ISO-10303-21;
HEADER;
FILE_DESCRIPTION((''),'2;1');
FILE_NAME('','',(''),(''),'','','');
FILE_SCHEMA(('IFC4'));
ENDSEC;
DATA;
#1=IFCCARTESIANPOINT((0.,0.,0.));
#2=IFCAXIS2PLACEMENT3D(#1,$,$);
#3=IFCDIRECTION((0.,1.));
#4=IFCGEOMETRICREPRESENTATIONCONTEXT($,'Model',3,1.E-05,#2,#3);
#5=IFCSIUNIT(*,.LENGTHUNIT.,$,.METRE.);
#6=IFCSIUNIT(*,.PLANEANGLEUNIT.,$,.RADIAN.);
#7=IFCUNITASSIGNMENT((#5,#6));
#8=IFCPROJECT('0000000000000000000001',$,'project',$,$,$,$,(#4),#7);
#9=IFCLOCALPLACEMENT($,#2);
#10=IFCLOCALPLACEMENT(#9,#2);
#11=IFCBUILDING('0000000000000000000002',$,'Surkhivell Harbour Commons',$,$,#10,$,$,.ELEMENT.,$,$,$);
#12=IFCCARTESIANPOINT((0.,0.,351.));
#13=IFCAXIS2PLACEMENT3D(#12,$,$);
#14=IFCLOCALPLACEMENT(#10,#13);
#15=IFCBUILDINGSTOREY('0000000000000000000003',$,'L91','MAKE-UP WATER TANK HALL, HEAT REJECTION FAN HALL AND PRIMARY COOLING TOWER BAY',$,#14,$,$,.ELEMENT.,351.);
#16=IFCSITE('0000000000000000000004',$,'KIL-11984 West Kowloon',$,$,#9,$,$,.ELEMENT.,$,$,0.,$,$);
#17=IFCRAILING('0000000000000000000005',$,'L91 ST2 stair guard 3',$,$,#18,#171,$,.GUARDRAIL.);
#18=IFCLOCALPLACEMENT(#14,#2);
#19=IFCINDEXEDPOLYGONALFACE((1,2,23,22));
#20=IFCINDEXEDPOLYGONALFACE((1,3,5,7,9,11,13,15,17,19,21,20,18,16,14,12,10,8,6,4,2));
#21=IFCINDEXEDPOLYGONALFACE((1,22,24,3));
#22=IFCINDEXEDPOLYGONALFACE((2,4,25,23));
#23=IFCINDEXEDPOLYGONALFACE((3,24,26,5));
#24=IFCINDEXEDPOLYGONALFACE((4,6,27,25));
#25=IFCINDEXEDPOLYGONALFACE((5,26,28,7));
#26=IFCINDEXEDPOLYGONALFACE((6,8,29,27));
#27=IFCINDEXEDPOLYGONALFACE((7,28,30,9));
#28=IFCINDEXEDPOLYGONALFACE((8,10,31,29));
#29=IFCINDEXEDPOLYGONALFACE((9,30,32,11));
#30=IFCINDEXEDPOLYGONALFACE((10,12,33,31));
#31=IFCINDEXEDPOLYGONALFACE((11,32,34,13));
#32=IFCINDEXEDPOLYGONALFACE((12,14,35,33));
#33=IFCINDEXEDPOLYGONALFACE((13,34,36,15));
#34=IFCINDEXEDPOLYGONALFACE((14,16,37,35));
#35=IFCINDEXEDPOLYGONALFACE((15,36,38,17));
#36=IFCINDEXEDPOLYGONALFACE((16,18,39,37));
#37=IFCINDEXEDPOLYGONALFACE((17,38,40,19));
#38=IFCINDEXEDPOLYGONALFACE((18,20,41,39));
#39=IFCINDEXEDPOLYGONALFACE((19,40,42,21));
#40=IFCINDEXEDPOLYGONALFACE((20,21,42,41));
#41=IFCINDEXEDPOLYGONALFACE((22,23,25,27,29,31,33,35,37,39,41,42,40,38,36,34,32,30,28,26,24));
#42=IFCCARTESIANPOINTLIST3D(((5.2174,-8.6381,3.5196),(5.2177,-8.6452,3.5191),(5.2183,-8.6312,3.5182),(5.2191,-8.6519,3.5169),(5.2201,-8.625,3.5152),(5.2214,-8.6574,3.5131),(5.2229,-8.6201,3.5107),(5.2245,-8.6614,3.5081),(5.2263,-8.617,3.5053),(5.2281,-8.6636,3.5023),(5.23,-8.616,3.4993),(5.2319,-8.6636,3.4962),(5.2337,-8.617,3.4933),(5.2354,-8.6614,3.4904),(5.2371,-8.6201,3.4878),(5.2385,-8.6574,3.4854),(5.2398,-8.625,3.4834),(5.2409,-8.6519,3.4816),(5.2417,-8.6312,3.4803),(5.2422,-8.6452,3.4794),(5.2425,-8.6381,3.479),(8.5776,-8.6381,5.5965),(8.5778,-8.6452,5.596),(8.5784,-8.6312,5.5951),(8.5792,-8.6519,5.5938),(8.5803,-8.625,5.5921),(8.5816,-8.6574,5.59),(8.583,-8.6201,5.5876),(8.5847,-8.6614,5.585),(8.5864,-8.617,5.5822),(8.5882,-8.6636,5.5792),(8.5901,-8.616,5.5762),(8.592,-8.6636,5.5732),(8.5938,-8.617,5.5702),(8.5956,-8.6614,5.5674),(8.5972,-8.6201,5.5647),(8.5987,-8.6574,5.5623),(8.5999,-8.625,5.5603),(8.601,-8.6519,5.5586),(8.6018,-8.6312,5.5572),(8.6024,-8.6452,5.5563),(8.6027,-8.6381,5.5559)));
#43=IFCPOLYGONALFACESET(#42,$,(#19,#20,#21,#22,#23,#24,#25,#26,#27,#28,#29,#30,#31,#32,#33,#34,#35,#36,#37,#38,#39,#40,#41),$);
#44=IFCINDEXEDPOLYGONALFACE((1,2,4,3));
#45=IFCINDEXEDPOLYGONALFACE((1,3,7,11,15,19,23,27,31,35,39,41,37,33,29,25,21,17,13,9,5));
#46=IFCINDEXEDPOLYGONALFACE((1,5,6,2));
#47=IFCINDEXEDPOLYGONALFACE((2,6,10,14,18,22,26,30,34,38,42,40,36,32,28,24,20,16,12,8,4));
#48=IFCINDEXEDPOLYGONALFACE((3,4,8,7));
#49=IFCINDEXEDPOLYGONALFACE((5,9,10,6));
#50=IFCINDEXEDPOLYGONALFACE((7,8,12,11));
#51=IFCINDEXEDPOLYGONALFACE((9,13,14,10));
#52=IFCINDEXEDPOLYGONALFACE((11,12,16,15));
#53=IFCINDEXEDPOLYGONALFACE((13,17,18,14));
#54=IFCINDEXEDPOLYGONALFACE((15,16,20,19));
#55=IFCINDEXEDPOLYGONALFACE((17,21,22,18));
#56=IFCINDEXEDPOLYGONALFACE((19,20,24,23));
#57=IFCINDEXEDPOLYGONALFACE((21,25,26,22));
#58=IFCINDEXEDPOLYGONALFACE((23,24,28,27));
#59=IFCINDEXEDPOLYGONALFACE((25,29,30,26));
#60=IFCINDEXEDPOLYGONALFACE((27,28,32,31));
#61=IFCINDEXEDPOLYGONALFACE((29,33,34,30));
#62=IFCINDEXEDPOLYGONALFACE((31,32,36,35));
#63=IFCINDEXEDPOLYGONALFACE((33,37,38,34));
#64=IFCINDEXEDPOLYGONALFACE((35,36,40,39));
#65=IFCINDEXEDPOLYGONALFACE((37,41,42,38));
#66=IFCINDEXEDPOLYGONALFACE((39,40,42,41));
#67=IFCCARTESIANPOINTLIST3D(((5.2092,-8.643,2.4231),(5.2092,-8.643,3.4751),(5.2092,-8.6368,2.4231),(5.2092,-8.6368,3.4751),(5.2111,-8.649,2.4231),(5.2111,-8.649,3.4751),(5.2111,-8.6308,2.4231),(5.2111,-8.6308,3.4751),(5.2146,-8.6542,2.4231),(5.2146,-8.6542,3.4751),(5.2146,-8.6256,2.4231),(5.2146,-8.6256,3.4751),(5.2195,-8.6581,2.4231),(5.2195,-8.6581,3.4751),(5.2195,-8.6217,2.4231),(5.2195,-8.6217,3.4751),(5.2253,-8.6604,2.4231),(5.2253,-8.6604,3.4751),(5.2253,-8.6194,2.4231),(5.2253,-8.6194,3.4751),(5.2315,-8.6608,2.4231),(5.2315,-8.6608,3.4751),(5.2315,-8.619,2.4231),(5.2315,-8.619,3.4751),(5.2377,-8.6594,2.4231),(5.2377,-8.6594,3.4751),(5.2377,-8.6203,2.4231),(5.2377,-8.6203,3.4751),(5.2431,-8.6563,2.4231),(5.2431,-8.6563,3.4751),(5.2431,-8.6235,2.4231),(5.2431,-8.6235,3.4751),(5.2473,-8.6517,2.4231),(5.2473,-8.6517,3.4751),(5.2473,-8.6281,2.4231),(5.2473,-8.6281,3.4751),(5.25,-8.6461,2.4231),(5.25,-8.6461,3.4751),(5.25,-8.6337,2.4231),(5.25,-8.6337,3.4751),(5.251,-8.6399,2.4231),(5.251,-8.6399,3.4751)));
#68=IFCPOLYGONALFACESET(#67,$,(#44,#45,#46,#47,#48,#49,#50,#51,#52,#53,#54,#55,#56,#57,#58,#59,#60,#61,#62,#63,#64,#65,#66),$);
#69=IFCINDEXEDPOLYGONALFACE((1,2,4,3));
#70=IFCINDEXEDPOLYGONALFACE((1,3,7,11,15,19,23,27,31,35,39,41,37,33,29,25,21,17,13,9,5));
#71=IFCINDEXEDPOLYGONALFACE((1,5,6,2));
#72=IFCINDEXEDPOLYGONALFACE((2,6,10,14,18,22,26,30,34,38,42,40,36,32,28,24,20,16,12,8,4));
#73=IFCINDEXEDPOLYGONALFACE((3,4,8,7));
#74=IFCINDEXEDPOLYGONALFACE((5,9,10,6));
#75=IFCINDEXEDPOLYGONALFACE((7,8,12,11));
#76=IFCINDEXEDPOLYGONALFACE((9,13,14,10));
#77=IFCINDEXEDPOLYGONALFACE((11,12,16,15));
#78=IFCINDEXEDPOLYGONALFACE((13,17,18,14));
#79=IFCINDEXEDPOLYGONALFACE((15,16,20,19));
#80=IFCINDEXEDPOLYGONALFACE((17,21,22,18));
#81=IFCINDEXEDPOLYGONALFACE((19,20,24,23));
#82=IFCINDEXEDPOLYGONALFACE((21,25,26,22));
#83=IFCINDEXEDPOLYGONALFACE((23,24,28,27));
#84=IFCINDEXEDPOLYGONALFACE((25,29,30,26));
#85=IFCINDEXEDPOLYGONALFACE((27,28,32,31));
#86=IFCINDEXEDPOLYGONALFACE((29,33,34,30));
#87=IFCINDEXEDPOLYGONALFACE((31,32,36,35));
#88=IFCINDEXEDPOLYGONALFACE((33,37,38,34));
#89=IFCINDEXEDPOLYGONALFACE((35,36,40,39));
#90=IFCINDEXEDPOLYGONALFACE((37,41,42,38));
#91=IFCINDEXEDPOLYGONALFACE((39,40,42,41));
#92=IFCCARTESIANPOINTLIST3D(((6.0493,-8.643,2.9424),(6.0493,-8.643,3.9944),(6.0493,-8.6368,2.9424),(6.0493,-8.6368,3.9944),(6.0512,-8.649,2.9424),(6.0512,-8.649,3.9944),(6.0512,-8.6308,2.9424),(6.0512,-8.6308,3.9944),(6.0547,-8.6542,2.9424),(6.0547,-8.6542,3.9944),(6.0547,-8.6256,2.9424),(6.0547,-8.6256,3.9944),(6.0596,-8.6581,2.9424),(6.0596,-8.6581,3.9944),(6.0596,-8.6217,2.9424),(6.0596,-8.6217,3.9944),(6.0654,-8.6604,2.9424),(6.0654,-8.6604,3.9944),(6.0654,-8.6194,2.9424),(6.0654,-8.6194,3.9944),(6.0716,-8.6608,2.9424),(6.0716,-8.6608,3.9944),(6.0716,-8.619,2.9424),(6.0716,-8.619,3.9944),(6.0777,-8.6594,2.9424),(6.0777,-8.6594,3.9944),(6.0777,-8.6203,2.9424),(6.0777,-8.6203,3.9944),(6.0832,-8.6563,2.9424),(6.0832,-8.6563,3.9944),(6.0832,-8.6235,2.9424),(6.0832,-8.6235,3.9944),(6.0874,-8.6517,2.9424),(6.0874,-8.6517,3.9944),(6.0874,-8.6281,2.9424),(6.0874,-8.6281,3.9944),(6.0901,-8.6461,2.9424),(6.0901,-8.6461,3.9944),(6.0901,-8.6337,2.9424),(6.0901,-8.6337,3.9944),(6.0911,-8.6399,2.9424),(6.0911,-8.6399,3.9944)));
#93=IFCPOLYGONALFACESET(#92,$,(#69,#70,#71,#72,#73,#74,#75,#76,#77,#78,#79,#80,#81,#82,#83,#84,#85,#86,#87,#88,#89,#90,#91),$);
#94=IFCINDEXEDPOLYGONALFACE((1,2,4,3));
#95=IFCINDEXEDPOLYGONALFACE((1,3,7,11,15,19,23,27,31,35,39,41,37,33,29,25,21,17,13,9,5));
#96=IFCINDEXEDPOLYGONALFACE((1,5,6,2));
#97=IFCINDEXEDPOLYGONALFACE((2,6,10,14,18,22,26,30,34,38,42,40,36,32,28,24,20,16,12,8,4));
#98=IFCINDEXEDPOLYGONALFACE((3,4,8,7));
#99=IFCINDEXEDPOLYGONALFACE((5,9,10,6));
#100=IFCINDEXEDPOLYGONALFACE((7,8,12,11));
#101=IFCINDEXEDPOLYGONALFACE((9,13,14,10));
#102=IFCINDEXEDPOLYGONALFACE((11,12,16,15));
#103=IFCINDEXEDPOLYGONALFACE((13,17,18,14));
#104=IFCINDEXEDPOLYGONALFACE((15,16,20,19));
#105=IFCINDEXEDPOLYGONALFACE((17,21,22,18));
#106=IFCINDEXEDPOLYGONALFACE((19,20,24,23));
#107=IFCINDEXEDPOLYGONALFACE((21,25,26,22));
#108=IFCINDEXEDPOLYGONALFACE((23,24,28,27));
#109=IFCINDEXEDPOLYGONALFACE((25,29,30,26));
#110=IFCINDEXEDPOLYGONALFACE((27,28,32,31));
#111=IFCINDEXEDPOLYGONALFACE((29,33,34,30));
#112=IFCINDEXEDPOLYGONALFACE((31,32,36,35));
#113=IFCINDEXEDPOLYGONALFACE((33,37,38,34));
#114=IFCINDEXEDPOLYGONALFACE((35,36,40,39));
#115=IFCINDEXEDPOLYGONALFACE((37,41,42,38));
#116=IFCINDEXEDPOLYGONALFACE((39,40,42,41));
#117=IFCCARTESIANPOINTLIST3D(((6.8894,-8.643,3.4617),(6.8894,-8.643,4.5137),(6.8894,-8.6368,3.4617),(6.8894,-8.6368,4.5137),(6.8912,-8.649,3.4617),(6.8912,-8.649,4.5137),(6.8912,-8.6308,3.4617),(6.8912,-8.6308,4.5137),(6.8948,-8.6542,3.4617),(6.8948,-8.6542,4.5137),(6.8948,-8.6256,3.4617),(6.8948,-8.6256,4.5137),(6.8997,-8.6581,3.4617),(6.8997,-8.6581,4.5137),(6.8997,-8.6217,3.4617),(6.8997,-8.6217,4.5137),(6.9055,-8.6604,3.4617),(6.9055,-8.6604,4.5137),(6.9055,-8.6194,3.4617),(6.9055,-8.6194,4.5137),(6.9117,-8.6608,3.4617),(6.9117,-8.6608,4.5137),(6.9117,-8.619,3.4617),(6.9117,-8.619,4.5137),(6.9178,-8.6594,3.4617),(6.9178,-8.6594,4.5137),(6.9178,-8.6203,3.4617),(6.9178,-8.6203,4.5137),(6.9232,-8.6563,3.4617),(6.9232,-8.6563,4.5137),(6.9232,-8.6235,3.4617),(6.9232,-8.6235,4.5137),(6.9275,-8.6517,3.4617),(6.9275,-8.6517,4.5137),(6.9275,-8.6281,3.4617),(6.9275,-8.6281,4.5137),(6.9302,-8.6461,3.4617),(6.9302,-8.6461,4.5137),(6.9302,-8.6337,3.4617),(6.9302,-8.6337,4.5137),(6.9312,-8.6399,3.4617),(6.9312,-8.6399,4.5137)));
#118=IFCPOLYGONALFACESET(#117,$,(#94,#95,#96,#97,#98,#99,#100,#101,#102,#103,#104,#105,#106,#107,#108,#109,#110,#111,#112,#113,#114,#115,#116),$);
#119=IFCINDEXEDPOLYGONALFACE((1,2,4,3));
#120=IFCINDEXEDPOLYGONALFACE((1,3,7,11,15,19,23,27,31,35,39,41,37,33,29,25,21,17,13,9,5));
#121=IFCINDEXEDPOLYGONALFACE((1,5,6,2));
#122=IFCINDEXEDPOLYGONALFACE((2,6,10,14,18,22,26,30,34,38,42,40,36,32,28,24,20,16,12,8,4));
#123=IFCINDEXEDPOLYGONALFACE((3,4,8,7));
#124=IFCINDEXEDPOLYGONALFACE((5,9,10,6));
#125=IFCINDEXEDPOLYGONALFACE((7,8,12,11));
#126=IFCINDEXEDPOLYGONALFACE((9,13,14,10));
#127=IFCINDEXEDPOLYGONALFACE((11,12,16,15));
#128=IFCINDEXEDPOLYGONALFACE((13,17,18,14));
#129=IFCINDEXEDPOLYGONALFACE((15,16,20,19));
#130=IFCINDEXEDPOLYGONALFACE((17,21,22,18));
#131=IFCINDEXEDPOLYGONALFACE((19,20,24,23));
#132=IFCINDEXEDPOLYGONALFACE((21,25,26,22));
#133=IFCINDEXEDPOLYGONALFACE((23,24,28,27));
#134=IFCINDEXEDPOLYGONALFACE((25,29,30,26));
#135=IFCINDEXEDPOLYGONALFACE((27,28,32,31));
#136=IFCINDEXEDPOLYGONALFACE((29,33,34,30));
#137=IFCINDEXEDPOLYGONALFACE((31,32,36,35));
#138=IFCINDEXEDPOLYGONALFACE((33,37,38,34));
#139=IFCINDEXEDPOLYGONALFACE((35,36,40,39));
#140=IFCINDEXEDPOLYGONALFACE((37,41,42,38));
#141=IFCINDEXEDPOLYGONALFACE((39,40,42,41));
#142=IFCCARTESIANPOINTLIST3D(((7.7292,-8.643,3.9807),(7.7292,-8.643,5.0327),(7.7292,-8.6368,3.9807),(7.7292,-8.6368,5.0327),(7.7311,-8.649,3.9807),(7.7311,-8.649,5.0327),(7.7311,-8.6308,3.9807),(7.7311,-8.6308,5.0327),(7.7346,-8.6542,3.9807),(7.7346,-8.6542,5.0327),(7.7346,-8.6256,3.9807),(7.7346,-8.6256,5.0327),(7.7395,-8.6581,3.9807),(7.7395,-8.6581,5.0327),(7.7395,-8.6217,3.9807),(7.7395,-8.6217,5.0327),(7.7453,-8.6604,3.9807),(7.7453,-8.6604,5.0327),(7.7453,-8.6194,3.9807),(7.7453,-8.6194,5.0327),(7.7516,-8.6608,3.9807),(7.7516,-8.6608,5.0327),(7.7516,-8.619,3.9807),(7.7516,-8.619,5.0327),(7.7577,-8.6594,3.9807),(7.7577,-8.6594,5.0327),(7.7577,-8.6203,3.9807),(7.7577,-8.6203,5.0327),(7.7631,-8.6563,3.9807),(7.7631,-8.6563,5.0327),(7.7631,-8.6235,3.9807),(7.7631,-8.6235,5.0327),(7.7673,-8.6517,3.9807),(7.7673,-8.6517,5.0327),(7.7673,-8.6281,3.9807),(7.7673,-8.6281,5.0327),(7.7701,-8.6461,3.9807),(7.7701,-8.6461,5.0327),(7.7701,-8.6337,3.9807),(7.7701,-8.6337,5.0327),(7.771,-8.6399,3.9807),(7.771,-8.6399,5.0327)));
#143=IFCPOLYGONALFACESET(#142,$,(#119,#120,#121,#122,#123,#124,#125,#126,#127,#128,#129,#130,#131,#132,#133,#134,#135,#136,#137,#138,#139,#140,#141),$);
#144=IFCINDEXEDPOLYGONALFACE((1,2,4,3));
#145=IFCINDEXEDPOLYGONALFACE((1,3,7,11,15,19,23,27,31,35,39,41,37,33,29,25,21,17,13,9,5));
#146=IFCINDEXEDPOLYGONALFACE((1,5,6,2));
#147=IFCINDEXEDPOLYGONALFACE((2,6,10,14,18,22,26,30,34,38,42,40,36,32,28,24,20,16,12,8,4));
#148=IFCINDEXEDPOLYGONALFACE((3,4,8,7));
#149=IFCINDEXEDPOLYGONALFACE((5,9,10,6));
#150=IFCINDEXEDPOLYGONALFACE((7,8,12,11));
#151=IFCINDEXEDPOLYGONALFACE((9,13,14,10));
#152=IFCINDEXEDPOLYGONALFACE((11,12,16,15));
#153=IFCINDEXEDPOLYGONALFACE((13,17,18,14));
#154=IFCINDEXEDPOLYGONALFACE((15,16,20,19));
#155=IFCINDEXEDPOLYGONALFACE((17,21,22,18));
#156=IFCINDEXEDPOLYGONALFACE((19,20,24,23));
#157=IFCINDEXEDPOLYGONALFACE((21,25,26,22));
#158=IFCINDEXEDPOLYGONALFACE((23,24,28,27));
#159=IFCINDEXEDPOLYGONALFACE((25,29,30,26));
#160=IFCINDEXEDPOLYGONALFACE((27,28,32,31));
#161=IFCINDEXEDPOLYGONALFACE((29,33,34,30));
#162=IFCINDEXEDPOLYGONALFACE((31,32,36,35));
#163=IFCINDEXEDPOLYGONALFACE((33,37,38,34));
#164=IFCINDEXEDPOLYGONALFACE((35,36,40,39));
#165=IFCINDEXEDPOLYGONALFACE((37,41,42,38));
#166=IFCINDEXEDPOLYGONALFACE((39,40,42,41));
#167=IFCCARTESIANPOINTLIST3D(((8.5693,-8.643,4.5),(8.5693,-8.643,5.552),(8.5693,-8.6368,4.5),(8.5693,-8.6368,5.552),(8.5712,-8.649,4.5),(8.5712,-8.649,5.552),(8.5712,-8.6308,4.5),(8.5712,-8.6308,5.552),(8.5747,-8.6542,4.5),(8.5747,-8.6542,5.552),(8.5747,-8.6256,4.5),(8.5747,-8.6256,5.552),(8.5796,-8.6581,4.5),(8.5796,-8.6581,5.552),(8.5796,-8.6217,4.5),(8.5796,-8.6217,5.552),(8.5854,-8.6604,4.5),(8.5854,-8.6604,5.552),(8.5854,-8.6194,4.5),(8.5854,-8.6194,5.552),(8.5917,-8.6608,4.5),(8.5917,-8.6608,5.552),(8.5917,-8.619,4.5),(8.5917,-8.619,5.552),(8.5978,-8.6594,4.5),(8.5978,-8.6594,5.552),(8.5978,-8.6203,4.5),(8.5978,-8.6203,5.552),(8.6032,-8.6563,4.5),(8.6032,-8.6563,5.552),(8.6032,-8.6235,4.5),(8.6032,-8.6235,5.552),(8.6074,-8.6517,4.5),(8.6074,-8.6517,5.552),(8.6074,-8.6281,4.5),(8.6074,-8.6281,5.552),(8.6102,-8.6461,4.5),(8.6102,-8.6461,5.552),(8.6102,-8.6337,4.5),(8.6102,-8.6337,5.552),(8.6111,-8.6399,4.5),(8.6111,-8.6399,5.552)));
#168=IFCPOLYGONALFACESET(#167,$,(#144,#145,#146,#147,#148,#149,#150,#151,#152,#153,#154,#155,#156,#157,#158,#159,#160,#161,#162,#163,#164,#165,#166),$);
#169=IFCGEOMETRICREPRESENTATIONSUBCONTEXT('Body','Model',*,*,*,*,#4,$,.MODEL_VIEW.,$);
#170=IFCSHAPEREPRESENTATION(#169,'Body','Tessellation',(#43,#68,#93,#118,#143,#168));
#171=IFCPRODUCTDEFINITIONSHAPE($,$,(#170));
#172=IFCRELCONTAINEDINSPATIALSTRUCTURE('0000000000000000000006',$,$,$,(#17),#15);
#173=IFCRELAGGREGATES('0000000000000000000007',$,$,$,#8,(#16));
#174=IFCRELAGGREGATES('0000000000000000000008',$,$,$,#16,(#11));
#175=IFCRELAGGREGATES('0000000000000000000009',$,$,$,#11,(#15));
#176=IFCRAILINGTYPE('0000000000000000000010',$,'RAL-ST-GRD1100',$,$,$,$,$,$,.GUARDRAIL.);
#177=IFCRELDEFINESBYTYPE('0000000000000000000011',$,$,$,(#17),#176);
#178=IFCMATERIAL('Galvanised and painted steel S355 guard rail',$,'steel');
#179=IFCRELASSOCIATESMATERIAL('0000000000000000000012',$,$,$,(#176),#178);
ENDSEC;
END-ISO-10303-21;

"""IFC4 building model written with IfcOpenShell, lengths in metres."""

from ifc_helpers import new_model, si_unit, direction, frame, origin, origin_2d, place, context, subcontext, project, spatial, circle, extrude, material, type_object, element, save


model = new_model("IFC4")

# Units and contexts
model_context = context("Model", 3, precision=1e-05, world=origin(), true_north=direction((0.0, 1.0)))
body_context = subcontext(model_context, "Body", "Model", "MODEL_VIEW")
ifc_project = project(units=[si_unit("LENGTHUNIT", "METRE"), si_unit("PLANEANGLEUNIT", "RADIAN")], contexts=[model_context])

# Site, building, storey
site_placement = place(None, origin())
site = spatial("IfcSite", under=ifc_project, at=site_placement, Name="KIL-11984 West Kowloon", CompositionType="ELEMENT", RefElevation=0.0)
building_placement = place(site_placement, origin())
building = spatial("IfcBuilding", under=site, at=building_placement, Name="Surkhivell Harbour Commons", CompositionType="ELEMENT")
storey_placement = place(building_placement, frame((0.0, 0.0, 351.0)))
storey = spatial("IfcBuildingStorey", under=building, at=storey_placement, Name="L91", Description="MAKE-UP WATER TANK HALL, HEAT REJECTION FAN HALL AND PRIMARY COOLING TOWER BAY", CompositionType="ELEMENT", Elevation=351.0)

# Railing
ifc_material_1 = material(Name="Galvanised and painted steel S355 guard rail", Category="steel")
railing_type_1 = type_object("IfcRailingType", Name="RAL-ST-GRD1100", PredefinedType="GUARDRAIL", material=ifc_material_1)
railing_1_placement = place(storey_placement, frame((5.23, -8.6399, 2.4231)))
element("IfcRailing", 1, at=railing_1_placement, inside=storey, type_object=railing_type_1, Name="L91 ST2 stair guard 3", PredefinedType="GUARDRAIL", context=body_context, shape_type="SweptSolid", body=[
    extrude(circle(Radius=0.0239, at=origin_2d()), frame((0.0, 0.0, 1.0762), z_axis=(0.850623, 0.0, 0.525776), x_axis=(0.0, 1.0, 0.0)), (0.0, 0.0, 1.0), 3.9502),
    extrude(circle(Radius=0.021, at=origin_2d()), origin(), (0.0, 0.0, 1.0), 1.052),
    extrude(circle(Radius=0.021, at=origin_2d()), frame((0.8401, 0.0, 0.5193)), (0.0, 0.0, 1.0), 1.052),
    extrude(circle(Radius=0.021, at=origin_2d()), frame((1.6802, 0.0, 1.0386)), (0.0, 0.0, 1.0), 1.052),
    extrude(circle(Radius=0.021, at=origin_2d()), frame((2.52, 0.0, 1.5576)), (0.0, 0.0, 1.0), 1.052),
    extrude(circle(Radius=0.021, at=origin_2d()), frame((3.3601, 0.0, 2.0769)), (0.0, 0.0, 1.0), 1.052),
])

save(model, "model.ifc")
